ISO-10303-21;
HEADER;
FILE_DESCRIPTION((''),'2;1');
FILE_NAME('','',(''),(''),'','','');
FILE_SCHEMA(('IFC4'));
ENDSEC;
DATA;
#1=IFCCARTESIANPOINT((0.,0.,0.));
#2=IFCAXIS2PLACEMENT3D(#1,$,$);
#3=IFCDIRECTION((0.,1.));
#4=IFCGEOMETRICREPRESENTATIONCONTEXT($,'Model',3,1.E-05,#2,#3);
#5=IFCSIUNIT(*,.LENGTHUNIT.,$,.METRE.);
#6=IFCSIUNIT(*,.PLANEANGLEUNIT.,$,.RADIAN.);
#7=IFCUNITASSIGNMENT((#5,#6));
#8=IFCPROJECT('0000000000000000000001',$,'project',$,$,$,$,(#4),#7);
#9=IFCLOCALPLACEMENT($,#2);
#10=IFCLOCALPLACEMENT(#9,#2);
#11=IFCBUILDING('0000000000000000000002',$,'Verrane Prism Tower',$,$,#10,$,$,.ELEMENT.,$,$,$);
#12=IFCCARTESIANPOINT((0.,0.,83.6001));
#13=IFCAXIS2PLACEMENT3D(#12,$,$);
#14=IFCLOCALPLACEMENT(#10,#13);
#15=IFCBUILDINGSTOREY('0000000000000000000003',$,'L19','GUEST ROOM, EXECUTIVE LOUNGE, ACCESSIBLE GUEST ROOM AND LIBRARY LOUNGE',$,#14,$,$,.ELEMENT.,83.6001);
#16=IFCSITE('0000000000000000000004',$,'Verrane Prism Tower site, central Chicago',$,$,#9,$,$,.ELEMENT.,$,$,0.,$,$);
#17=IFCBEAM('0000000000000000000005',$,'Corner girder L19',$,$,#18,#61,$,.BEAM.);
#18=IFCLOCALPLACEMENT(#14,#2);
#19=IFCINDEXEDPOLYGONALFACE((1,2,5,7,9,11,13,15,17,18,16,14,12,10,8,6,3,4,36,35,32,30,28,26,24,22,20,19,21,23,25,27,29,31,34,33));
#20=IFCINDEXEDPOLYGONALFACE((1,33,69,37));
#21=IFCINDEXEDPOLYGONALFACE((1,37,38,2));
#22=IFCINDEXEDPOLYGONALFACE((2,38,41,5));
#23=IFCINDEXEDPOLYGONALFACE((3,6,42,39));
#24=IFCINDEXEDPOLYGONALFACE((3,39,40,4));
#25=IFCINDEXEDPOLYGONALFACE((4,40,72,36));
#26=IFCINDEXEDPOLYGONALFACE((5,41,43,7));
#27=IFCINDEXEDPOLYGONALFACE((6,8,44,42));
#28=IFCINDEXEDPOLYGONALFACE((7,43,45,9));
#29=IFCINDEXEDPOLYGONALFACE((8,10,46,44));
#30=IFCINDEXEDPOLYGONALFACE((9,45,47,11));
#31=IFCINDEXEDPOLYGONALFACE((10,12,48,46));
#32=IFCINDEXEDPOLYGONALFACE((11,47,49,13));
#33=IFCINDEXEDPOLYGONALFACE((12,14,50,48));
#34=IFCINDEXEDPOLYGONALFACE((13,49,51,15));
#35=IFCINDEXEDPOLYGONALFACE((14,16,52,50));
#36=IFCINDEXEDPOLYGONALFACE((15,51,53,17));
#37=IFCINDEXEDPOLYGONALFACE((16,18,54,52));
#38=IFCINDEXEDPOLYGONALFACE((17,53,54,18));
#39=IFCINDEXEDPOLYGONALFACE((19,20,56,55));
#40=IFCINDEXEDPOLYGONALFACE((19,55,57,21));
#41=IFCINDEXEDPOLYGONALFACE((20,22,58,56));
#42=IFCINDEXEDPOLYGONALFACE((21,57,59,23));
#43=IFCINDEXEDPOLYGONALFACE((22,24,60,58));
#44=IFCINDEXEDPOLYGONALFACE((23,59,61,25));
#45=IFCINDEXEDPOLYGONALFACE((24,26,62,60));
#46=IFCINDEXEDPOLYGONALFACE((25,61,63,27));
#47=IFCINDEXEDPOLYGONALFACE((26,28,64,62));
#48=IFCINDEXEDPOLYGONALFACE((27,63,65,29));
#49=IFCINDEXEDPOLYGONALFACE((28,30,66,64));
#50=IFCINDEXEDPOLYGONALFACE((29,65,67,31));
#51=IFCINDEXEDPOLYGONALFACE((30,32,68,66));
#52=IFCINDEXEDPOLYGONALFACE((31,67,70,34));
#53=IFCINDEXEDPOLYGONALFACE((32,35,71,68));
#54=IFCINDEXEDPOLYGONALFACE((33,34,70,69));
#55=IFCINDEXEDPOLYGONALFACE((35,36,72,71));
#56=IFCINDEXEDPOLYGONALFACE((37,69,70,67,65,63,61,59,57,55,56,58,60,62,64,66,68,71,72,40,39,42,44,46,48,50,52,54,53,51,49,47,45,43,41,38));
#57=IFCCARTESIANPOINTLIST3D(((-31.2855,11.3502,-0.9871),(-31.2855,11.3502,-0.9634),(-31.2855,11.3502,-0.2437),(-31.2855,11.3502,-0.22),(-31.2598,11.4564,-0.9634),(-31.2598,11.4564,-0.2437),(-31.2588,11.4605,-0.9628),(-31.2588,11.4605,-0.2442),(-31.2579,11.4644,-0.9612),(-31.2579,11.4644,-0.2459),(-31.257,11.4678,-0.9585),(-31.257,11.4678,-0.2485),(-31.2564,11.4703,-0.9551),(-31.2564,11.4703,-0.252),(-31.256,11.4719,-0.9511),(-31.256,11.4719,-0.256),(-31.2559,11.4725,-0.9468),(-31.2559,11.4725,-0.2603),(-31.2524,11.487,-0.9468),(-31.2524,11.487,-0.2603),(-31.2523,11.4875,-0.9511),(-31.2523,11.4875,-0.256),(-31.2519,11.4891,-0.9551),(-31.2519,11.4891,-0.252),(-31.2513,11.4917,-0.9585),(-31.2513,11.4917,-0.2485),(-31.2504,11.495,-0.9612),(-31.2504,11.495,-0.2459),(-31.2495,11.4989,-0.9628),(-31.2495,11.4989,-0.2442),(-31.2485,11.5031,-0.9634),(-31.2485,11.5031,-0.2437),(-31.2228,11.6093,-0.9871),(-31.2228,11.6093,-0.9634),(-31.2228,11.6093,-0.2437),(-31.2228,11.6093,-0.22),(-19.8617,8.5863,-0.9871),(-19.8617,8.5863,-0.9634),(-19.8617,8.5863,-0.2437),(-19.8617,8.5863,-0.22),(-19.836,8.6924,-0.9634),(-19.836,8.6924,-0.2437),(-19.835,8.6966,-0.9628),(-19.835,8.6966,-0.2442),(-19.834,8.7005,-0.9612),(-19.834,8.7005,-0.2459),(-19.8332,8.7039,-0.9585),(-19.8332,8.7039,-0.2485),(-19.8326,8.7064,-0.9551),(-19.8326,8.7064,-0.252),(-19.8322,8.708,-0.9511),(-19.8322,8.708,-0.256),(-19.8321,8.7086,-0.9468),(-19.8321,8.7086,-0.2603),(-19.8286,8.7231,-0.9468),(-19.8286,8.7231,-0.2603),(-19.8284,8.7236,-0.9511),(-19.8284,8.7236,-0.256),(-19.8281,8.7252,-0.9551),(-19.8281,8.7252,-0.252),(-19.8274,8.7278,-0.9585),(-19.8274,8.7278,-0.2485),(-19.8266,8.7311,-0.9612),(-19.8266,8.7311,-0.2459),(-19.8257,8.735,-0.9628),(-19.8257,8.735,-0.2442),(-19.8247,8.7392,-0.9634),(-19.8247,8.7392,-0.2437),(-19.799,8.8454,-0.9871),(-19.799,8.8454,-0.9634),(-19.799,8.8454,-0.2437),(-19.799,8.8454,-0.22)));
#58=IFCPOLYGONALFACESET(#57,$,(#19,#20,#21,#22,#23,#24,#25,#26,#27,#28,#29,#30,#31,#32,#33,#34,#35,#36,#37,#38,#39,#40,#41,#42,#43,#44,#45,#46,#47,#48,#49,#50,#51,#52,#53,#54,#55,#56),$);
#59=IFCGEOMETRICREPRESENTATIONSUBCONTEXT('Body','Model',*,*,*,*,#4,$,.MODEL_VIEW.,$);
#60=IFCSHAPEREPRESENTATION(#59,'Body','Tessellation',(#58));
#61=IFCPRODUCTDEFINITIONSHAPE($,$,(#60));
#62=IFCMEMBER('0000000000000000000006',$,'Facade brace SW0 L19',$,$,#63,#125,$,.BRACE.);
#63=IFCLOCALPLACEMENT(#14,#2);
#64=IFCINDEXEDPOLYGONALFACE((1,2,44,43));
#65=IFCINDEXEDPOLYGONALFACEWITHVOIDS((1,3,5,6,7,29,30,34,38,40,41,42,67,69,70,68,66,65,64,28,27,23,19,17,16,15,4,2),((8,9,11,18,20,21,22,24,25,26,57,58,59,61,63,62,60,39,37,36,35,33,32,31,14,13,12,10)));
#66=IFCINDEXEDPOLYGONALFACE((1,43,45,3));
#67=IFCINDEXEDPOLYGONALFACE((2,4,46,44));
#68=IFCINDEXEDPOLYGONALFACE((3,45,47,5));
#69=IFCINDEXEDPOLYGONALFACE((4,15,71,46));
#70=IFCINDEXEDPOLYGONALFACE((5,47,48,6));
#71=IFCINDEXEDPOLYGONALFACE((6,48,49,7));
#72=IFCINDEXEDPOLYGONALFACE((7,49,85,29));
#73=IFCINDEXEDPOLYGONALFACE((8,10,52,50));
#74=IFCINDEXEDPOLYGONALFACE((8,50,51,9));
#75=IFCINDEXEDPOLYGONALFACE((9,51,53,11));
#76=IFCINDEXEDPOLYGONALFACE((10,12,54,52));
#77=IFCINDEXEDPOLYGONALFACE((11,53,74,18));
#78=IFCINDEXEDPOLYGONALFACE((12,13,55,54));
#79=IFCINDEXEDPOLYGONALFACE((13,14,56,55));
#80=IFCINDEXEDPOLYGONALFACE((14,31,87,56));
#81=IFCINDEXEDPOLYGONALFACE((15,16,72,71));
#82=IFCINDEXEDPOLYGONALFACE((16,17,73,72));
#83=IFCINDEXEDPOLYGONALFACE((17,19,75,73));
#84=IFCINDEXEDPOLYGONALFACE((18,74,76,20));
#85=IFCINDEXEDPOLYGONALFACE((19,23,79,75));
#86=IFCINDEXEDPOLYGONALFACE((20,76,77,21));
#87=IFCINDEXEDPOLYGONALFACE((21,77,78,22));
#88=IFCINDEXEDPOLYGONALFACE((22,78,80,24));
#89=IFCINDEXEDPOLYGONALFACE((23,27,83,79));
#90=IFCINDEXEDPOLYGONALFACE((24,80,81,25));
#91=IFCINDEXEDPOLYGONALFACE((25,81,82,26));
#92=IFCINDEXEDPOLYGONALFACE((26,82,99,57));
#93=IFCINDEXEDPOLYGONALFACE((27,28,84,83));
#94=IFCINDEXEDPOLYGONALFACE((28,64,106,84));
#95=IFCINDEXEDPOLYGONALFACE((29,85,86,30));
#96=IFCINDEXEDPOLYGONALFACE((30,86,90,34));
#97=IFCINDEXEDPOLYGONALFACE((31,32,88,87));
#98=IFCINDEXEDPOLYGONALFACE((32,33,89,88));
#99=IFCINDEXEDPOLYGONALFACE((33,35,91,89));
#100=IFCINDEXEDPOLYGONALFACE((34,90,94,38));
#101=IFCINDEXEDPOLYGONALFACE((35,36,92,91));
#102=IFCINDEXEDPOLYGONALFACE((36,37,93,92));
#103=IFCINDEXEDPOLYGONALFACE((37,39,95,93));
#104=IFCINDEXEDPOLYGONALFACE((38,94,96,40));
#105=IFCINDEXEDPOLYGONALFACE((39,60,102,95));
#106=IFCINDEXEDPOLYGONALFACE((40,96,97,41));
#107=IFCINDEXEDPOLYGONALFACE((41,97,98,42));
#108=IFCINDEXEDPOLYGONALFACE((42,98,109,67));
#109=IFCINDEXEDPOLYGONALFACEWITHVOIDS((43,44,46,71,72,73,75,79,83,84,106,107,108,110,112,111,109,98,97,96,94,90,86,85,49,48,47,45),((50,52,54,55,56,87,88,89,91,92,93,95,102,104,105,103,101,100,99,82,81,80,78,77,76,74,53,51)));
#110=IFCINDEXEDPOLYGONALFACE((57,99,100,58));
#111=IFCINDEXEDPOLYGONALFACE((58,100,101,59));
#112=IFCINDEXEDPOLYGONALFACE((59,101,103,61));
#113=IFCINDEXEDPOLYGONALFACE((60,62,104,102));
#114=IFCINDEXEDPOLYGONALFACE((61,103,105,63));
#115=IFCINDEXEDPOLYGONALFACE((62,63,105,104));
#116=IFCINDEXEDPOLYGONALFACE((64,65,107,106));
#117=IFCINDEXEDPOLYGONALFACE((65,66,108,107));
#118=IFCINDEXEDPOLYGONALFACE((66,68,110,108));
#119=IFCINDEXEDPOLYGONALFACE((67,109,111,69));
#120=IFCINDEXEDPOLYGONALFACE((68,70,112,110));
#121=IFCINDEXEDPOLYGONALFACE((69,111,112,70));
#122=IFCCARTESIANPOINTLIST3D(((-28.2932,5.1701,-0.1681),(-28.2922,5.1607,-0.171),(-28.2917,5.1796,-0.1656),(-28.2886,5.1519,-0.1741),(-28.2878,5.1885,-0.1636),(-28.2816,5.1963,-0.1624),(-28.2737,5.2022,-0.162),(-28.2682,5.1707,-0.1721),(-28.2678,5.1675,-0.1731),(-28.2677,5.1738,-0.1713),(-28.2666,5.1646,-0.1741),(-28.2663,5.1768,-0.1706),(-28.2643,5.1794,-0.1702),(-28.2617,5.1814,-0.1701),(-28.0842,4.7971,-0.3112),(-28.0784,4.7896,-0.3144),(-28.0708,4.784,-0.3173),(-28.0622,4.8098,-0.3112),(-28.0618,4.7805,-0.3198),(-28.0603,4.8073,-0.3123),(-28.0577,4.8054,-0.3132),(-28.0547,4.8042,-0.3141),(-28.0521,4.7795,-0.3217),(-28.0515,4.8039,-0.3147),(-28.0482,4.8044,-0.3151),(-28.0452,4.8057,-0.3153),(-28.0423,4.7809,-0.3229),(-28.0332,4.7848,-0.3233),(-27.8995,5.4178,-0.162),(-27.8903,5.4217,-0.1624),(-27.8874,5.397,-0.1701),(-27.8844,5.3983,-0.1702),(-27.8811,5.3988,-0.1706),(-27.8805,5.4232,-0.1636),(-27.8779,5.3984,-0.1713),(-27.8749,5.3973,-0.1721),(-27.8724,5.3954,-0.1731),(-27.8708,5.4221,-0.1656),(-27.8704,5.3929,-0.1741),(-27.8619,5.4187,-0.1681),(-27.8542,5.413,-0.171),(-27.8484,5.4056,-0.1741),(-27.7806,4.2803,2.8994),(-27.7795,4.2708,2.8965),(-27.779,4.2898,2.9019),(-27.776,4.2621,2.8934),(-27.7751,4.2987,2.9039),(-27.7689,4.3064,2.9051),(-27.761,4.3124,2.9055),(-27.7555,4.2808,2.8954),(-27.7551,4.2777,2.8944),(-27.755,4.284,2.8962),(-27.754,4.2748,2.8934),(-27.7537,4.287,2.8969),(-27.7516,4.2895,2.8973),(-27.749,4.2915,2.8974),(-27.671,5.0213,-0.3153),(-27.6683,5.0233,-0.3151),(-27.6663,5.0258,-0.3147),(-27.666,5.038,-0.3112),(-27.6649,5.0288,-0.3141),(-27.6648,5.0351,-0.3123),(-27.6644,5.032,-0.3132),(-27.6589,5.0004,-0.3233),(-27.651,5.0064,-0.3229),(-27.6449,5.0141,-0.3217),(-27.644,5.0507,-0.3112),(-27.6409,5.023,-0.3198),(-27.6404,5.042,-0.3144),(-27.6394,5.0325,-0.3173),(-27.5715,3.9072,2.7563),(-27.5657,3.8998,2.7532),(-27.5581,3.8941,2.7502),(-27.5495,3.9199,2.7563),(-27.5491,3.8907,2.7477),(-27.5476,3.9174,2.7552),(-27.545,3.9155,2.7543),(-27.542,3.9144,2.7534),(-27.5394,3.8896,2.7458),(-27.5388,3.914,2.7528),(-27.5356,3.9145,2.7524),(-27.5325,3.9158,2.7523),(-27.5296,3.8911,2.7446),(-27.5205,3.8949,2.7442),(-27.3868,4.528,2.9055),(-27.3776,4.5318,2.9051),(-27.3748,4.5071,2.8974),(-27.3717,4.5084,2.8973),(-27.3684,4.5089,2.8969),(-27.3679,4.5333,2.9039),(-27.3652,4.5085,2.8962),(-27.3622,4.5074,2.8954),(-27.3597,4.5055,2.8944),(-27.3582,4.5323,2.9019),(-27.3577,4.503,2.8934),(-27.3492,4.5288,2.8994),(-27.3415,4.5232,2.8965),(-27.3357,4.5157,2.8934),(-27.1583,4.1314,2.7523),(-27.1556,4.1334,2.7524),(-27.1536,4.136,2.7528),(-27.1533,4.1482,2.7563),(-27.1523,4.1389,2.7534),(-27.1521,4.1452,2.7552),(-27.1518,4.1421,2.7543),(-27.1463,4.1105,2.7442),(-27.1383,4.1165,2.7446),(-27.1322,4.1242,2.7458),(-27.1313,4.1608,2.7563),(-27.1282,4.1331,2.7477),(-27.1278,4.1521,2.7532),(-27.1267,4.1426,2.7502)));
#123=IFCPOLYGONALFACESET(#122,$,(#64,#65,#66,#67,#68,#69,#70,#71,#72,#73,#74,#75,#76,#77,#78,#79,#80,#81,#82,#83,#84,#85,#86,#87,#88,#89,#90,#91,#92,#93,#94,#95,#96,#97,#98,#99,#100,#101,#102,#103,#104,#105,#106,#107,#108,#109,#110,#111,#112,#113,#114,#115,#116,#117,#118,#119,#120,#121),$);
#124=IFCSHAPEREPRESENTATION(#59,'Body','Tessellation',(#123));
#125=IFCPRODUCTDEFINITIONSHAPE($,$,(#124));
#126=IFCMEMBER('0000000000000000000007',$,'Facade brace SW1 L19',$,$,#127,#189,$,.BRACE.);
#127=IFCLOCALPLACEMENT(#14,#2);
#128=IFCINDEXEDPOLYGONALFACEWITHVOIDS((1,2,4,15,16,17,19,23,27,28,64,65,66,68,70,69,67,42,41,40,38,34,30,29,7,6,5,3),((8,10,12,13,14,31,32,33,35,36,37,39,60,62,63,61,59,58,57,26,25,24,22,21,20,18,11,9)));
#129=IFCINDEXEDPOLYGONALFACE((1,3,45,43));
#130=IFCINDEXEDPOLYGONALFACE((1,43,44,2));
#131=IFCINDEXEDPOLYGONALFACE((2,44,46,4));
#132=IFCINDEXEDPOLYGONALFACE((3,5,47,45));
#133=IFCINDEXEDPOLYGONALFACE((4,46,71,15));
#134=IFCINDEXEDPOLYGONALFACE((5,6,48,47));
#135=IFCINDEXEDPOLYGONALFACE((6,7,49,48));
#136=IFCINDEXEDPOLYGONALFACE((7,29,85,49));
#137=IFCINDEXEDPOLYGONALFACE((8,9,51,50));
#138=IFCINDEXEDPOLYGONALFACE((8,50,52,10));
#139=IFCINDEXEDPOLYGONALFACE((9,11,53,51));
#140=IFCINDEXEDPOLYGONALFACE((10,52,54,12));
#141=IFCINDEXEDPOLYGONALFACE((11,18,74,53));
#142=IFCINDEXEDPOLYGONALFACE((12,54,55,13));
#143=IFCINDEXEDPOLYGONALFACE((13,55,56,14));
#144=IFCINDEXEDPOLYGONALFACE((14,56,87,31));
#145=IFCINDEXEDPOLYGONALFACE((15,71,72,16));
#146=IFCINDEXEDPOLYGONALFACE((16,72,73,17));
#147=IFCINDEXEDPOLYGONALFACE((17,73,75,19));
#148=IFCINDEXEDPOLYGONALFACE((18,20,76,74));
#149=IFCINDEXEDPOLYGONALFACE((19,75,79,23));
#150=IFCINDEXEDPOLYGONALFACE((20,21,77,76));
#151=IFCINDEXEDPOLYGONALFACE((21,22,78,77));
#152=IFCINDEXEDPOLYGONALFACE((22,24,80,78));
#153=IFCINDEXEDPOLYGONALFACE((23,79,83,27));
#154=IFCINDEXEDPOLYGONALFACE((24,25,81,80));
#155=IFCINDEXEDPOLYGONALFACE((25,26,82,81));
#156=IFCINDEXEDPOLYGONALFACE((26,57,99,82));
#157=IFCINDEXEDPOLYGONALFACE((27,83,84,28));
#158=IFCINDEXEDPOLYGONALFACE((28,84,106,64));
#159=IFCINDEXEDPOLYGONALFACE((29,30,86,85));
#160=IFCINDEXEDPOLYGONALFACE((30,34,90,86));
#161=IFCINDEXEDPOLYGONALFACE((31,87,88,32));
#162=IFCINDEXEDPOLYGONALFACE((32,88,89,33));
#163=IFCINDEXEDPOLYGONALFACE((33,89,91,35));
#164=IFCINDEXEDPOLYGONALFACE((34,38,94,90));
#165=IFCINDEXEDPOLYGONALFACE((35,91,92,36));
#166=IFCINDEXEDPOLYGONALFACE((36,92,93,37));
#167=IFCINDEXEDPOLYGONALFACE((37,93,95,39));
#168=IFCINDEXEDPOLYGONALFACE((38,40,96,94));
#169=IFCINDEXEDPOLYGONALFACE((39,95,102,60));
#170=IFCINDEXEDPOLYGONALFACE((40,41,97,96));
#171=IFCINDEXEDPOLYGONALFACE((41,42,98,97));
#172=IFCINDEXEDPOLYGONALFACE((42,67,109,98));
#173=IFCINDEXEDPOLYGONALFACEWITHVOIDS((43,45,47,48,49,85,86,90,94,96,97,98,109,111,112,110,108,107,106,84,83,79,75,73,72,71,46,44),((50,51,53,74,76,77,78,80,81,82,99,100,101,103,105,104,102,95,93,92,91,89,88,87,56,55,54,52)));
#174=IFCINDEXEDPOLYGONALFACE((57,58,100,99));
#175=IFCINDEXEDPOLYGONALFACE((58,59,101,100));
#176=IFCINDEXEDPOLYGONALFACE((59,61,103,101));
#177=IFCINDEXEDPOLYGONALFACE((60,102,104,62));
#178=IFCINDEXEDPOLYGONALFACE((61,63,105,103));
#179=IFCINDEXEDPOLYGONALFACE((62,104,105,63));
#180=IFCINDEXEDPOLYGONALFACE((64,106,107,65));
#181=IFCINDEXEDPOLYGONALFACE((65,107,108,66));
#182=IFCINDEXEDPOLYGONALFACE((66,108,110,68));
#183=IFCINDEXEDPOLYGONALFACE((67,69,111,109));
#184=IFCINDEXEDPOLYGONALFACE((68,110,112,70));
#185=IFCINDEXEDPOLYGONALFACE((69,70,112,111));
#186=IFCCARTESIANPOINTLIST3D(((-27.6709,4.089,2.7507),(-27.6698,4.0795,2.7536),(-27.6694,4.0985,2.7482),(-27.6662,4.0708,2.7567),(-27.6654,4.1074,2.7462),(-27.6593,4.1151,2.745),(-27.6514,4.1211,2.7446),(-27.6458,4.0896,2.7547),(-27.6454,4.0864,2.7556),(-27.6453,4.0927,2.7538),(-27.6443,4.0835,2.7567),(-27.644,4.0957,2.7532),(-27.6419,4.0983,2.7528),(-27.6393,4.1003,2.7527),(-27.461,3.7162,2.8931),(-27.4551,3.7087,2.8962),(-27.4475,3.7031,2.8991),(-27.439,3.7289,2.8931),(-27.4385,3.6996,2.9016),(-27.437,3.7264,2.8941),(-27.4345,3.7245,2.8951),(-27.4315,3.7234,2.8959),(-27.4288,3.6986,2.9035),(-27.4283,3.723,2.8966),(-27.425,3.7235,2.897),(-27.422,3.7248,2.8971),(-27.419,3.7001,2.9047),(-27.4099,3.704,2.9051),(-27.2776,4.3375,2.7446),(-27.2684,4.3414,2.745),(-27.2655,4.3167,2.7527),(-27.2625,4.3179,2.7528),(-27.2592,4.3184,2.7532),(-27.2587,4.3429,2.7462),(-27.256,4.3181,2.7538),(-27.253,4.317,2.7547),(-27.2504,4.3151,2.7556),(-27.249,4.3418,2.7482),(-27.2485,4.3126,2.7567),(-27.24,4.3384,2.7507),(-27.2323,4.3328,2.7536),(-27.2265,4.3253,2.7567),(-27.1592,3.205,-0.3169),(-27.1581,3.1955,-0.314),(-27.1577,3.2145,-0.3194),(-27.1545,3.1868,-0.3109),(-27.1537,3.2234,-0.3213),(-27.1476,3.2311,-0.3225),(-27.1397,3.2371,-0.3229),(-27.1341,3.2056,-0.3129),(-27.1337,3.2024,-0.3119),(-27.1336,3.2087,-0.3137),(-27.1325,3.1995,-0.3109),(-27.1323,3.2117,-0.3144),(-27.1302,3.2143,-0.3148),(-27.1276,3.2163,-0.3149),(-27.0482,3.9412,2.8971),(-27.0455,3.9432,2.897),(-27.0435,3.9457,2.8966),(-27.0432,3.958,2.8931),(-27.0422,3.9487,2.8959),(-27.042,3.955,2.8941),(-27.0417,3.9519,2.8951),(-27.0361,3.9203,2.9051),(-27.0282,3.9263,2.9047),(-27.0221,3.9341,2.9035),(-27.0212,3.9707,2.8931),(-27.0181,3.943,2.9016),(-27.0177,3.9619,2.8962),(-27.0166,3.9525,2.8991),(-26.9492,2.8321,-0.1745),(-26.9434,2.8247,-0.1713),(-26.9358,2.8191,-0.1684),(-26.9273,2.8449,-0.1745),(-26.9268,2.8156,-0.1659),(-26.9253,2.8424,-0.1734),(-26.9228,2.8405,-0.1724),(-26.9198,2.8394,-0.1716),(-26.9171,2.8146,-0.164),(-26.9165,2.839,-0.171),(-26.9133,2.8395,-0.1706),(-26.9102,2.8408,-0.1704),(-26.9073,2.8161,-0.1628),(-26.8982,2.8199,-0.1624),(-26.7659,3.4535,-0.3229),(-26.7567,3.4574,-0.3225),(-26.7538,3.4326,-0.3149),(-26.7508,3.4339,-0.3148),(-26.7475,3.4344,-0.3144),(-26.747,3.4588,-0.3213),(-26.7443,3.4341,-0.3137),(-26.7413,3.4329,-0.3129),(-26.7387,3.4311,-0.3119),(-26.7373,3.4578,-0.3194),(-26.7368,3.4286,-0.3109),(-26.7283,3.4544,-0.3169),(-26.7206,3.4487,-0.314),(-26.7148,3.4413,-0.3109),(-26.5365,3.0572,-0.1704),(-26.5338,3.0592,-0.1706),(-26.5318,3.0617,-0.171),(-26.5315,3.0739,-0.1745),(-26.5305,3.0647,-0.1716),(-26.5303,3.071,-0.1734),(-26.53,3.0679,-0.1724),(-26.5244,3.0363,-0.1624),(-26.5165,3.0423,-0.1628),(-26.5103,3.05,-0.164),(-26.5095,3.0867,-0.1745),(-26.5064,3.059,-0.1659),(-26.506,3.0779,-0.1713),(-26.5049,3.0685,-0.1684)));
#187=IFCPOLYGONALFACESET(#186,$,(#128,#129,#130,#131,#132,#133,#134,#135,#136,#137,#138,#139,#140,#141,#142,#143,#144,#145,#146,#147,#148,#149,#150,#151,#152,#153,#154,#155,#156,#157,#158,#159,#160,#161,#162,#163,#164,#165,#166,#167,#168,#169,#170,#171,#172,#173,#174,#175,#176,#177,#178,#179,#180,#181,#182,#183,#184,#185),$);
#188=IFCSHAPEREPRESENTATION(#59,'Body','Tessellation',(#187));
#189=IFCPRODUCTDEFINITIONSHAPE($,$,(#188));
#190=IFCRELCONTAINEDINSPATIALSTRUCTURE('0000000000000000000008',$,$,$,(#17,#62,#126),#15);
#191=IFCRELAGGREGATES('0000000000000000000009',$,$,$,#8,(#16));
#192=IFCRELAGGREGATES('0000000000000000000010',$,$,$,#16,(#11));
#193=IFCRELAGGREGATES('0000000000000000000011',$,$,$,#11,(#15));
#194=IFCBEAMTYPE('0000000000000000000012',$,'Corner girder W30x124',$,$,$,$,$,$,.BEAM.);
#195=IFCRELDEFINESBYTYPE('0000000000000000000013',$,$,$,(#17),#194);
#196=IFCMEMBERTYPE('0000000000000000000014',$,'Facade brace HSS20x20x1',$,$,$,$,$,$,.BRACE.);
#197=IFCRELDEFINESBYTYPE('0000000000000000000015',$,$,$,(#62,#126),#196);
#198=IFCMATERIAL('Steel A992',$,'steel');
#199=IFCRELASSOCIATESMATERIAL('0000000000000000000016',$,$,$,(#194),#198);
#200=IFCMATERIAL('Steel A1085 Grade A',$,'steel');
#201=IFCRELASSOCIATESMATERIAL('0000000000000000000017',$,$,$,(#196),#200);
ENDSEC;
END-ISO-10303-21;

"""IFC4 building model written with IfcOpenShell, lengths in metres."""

from ifc_helpers import new_model, si_unit, direction, frame, origin, origin_2d, place, context, subcontext, project, spatial, hollow_rectangle, i_section, extrude, material, material_profile, profile_set, type_object, element, save


model = new_model("IFC4")

# Units and contexts
model_context = context("Model", 3, precision=1e-05, world=origin(), true_north=direction((0.0, 1.0)))
body_context = subcontext(model_context, "Body", "Model", "MODEL_VIEW")
ifc_project = project(units=[si_unit("LENGTHUNIT", "METRE"), si_unit("PLANEANGLEUNIT", "RADIAN")], contexts=[model_context])

# Site, building, storey
site_placement = place(None, origin())
site = spatial("IfcSite", under=ifc_project, at=site_placement, Name="Verrane Prism Tower site, central Chicago", CompositionType="ELEMENT", RefElevation=0.0)
building_placement = place(site_placement, origin())
building = spatial("IfcBuilding", under=site, at=building_placement, Name="Verrane Prism Tower", CompositionType="ELEMENT")
storey_placement = place(building_placement, frame((0.0, 0.0, 83.6001)))
storey = spatial("IfcBuildingStorey", under=building, at=storey_placement, Name="L19", Description="GUEST ROOM, EXECUTIVE LOUNGE, ACCESSIBLE GUEST ROOM AND LIBRARY LOUNGE", CompositionType="ELEMENT", Elevation=83.6001)

# Beam
ifc_material_1 = material(Name="Steel A992", Category="steel")
ifc_material_profile_1 = material_profile(ifc_material_1, i_section(OverallWidth=0.2666, OverallDepth=0.7671, WebThickness=0.0149, FlangeThickness=0.0237, FilletRadius=0.0166, at=origin_2d()), Name="W30x124")
ifc_profile_set_1 = profile_set([ifc_material_profile_1], Name="Steel A992")
beam_type_1 = type_object("IfcBeamType", Name="Corner girder W30x124", PredefinedType="BEAM", material=ifc_profile_set_1)
beam_1_placement = place(storey_placement, frame((-31.2542, 11.4797, -0.6035), z_axis=(0.971957, -0.235158, 0.0), x_axis=(0.235158, 0.971957, 0.0)))
element("IfcBeam", 1, at=beam_1_placement, inside=storey, type_object=beam_type_1, Name="Corner girder L19", PredefinedType="BEAM", context=body_context, shape_type="SweptSolid", body=[
    extrude(i_section(OverallWidth=0.2666, OverallDepth=0.7671, WebThickness=0.0149, FlangeThickness=0.0237, FilletRadius=0.0166, at=origin_2d()), origin(), (0.0, 0.0, 1.0), 11.7534),
])

# Members
ifc_material_2 = material(Name="Steel A1085 Grade A", Category="steel")
ifc_material_profile_2 = material_profile(ifc_material_2, hollow_rectangle(XDim=0.5081, YDim=0.5081, WallThickness=0.0254, InnerFilletRadius=0.0127, OuterFilletRadius=0.0381, at=origin_2d()), Name="HSS20x20x1")
ifc_profile_set_2 = profile_set([ifc_material_profile_2], Name="Steel A1085 Grade A")
member_type_1 = type_object("IfcMemberType", Name="Facade brace HSS20x20x1", PredefinedType="BRACE", material=ifc_profile_set_2)
member_1_placement = place(storey_placement, frame((-27.9663, 5.1013, -0.2427), z_axis=(0.158485, -0.275084, 0.948267), x_axis=(0.866482, 0.499208, 0.0)))
element("IfcMember", 2, at=member_1_placement, inside=storey, type_object=member_type_1, Name="Facade brace SW0 L19", PredefinedType="BRACE", context=body_context, shape_type="SweptSolid", body=[
    extrude(hollow_rectangle(XDim=0.5081, YDim=0.5081, WallThickness=0.0254, InnerFilletRadius=0.0127, OuterFilletRadius=0.0381, at=origin_2d()), origin(), (0.0, 0.0, 1.0), 3.2349),
])
member_2_placement = place(storey_placement, frame((-26.832, 3.1367, -0.2427), z_axis=(-0.158269, 0.273422, 0.948784), x_axis=(-0.865464, -0.50097, 0.0)))
element("IfcMember", 3, at=member_2_placement, inside=storey, type_object=member_type_1, Name="Facade brace SW1 L19", PredefinedType="BRACE", context=body_context, shape_type="SweptSolid", body=[
    extrude(hollow_rectangle(XDim=0.5081, YDim=0.5081, WallThickness=0.0254, InnerFilletRadius=0.0127, OuterFilletRadius=0.0381, at=origin_2d()), origin(), (0.0, 0.0, 1.0), 3.2332),
])

save(model, "model.ifc")
